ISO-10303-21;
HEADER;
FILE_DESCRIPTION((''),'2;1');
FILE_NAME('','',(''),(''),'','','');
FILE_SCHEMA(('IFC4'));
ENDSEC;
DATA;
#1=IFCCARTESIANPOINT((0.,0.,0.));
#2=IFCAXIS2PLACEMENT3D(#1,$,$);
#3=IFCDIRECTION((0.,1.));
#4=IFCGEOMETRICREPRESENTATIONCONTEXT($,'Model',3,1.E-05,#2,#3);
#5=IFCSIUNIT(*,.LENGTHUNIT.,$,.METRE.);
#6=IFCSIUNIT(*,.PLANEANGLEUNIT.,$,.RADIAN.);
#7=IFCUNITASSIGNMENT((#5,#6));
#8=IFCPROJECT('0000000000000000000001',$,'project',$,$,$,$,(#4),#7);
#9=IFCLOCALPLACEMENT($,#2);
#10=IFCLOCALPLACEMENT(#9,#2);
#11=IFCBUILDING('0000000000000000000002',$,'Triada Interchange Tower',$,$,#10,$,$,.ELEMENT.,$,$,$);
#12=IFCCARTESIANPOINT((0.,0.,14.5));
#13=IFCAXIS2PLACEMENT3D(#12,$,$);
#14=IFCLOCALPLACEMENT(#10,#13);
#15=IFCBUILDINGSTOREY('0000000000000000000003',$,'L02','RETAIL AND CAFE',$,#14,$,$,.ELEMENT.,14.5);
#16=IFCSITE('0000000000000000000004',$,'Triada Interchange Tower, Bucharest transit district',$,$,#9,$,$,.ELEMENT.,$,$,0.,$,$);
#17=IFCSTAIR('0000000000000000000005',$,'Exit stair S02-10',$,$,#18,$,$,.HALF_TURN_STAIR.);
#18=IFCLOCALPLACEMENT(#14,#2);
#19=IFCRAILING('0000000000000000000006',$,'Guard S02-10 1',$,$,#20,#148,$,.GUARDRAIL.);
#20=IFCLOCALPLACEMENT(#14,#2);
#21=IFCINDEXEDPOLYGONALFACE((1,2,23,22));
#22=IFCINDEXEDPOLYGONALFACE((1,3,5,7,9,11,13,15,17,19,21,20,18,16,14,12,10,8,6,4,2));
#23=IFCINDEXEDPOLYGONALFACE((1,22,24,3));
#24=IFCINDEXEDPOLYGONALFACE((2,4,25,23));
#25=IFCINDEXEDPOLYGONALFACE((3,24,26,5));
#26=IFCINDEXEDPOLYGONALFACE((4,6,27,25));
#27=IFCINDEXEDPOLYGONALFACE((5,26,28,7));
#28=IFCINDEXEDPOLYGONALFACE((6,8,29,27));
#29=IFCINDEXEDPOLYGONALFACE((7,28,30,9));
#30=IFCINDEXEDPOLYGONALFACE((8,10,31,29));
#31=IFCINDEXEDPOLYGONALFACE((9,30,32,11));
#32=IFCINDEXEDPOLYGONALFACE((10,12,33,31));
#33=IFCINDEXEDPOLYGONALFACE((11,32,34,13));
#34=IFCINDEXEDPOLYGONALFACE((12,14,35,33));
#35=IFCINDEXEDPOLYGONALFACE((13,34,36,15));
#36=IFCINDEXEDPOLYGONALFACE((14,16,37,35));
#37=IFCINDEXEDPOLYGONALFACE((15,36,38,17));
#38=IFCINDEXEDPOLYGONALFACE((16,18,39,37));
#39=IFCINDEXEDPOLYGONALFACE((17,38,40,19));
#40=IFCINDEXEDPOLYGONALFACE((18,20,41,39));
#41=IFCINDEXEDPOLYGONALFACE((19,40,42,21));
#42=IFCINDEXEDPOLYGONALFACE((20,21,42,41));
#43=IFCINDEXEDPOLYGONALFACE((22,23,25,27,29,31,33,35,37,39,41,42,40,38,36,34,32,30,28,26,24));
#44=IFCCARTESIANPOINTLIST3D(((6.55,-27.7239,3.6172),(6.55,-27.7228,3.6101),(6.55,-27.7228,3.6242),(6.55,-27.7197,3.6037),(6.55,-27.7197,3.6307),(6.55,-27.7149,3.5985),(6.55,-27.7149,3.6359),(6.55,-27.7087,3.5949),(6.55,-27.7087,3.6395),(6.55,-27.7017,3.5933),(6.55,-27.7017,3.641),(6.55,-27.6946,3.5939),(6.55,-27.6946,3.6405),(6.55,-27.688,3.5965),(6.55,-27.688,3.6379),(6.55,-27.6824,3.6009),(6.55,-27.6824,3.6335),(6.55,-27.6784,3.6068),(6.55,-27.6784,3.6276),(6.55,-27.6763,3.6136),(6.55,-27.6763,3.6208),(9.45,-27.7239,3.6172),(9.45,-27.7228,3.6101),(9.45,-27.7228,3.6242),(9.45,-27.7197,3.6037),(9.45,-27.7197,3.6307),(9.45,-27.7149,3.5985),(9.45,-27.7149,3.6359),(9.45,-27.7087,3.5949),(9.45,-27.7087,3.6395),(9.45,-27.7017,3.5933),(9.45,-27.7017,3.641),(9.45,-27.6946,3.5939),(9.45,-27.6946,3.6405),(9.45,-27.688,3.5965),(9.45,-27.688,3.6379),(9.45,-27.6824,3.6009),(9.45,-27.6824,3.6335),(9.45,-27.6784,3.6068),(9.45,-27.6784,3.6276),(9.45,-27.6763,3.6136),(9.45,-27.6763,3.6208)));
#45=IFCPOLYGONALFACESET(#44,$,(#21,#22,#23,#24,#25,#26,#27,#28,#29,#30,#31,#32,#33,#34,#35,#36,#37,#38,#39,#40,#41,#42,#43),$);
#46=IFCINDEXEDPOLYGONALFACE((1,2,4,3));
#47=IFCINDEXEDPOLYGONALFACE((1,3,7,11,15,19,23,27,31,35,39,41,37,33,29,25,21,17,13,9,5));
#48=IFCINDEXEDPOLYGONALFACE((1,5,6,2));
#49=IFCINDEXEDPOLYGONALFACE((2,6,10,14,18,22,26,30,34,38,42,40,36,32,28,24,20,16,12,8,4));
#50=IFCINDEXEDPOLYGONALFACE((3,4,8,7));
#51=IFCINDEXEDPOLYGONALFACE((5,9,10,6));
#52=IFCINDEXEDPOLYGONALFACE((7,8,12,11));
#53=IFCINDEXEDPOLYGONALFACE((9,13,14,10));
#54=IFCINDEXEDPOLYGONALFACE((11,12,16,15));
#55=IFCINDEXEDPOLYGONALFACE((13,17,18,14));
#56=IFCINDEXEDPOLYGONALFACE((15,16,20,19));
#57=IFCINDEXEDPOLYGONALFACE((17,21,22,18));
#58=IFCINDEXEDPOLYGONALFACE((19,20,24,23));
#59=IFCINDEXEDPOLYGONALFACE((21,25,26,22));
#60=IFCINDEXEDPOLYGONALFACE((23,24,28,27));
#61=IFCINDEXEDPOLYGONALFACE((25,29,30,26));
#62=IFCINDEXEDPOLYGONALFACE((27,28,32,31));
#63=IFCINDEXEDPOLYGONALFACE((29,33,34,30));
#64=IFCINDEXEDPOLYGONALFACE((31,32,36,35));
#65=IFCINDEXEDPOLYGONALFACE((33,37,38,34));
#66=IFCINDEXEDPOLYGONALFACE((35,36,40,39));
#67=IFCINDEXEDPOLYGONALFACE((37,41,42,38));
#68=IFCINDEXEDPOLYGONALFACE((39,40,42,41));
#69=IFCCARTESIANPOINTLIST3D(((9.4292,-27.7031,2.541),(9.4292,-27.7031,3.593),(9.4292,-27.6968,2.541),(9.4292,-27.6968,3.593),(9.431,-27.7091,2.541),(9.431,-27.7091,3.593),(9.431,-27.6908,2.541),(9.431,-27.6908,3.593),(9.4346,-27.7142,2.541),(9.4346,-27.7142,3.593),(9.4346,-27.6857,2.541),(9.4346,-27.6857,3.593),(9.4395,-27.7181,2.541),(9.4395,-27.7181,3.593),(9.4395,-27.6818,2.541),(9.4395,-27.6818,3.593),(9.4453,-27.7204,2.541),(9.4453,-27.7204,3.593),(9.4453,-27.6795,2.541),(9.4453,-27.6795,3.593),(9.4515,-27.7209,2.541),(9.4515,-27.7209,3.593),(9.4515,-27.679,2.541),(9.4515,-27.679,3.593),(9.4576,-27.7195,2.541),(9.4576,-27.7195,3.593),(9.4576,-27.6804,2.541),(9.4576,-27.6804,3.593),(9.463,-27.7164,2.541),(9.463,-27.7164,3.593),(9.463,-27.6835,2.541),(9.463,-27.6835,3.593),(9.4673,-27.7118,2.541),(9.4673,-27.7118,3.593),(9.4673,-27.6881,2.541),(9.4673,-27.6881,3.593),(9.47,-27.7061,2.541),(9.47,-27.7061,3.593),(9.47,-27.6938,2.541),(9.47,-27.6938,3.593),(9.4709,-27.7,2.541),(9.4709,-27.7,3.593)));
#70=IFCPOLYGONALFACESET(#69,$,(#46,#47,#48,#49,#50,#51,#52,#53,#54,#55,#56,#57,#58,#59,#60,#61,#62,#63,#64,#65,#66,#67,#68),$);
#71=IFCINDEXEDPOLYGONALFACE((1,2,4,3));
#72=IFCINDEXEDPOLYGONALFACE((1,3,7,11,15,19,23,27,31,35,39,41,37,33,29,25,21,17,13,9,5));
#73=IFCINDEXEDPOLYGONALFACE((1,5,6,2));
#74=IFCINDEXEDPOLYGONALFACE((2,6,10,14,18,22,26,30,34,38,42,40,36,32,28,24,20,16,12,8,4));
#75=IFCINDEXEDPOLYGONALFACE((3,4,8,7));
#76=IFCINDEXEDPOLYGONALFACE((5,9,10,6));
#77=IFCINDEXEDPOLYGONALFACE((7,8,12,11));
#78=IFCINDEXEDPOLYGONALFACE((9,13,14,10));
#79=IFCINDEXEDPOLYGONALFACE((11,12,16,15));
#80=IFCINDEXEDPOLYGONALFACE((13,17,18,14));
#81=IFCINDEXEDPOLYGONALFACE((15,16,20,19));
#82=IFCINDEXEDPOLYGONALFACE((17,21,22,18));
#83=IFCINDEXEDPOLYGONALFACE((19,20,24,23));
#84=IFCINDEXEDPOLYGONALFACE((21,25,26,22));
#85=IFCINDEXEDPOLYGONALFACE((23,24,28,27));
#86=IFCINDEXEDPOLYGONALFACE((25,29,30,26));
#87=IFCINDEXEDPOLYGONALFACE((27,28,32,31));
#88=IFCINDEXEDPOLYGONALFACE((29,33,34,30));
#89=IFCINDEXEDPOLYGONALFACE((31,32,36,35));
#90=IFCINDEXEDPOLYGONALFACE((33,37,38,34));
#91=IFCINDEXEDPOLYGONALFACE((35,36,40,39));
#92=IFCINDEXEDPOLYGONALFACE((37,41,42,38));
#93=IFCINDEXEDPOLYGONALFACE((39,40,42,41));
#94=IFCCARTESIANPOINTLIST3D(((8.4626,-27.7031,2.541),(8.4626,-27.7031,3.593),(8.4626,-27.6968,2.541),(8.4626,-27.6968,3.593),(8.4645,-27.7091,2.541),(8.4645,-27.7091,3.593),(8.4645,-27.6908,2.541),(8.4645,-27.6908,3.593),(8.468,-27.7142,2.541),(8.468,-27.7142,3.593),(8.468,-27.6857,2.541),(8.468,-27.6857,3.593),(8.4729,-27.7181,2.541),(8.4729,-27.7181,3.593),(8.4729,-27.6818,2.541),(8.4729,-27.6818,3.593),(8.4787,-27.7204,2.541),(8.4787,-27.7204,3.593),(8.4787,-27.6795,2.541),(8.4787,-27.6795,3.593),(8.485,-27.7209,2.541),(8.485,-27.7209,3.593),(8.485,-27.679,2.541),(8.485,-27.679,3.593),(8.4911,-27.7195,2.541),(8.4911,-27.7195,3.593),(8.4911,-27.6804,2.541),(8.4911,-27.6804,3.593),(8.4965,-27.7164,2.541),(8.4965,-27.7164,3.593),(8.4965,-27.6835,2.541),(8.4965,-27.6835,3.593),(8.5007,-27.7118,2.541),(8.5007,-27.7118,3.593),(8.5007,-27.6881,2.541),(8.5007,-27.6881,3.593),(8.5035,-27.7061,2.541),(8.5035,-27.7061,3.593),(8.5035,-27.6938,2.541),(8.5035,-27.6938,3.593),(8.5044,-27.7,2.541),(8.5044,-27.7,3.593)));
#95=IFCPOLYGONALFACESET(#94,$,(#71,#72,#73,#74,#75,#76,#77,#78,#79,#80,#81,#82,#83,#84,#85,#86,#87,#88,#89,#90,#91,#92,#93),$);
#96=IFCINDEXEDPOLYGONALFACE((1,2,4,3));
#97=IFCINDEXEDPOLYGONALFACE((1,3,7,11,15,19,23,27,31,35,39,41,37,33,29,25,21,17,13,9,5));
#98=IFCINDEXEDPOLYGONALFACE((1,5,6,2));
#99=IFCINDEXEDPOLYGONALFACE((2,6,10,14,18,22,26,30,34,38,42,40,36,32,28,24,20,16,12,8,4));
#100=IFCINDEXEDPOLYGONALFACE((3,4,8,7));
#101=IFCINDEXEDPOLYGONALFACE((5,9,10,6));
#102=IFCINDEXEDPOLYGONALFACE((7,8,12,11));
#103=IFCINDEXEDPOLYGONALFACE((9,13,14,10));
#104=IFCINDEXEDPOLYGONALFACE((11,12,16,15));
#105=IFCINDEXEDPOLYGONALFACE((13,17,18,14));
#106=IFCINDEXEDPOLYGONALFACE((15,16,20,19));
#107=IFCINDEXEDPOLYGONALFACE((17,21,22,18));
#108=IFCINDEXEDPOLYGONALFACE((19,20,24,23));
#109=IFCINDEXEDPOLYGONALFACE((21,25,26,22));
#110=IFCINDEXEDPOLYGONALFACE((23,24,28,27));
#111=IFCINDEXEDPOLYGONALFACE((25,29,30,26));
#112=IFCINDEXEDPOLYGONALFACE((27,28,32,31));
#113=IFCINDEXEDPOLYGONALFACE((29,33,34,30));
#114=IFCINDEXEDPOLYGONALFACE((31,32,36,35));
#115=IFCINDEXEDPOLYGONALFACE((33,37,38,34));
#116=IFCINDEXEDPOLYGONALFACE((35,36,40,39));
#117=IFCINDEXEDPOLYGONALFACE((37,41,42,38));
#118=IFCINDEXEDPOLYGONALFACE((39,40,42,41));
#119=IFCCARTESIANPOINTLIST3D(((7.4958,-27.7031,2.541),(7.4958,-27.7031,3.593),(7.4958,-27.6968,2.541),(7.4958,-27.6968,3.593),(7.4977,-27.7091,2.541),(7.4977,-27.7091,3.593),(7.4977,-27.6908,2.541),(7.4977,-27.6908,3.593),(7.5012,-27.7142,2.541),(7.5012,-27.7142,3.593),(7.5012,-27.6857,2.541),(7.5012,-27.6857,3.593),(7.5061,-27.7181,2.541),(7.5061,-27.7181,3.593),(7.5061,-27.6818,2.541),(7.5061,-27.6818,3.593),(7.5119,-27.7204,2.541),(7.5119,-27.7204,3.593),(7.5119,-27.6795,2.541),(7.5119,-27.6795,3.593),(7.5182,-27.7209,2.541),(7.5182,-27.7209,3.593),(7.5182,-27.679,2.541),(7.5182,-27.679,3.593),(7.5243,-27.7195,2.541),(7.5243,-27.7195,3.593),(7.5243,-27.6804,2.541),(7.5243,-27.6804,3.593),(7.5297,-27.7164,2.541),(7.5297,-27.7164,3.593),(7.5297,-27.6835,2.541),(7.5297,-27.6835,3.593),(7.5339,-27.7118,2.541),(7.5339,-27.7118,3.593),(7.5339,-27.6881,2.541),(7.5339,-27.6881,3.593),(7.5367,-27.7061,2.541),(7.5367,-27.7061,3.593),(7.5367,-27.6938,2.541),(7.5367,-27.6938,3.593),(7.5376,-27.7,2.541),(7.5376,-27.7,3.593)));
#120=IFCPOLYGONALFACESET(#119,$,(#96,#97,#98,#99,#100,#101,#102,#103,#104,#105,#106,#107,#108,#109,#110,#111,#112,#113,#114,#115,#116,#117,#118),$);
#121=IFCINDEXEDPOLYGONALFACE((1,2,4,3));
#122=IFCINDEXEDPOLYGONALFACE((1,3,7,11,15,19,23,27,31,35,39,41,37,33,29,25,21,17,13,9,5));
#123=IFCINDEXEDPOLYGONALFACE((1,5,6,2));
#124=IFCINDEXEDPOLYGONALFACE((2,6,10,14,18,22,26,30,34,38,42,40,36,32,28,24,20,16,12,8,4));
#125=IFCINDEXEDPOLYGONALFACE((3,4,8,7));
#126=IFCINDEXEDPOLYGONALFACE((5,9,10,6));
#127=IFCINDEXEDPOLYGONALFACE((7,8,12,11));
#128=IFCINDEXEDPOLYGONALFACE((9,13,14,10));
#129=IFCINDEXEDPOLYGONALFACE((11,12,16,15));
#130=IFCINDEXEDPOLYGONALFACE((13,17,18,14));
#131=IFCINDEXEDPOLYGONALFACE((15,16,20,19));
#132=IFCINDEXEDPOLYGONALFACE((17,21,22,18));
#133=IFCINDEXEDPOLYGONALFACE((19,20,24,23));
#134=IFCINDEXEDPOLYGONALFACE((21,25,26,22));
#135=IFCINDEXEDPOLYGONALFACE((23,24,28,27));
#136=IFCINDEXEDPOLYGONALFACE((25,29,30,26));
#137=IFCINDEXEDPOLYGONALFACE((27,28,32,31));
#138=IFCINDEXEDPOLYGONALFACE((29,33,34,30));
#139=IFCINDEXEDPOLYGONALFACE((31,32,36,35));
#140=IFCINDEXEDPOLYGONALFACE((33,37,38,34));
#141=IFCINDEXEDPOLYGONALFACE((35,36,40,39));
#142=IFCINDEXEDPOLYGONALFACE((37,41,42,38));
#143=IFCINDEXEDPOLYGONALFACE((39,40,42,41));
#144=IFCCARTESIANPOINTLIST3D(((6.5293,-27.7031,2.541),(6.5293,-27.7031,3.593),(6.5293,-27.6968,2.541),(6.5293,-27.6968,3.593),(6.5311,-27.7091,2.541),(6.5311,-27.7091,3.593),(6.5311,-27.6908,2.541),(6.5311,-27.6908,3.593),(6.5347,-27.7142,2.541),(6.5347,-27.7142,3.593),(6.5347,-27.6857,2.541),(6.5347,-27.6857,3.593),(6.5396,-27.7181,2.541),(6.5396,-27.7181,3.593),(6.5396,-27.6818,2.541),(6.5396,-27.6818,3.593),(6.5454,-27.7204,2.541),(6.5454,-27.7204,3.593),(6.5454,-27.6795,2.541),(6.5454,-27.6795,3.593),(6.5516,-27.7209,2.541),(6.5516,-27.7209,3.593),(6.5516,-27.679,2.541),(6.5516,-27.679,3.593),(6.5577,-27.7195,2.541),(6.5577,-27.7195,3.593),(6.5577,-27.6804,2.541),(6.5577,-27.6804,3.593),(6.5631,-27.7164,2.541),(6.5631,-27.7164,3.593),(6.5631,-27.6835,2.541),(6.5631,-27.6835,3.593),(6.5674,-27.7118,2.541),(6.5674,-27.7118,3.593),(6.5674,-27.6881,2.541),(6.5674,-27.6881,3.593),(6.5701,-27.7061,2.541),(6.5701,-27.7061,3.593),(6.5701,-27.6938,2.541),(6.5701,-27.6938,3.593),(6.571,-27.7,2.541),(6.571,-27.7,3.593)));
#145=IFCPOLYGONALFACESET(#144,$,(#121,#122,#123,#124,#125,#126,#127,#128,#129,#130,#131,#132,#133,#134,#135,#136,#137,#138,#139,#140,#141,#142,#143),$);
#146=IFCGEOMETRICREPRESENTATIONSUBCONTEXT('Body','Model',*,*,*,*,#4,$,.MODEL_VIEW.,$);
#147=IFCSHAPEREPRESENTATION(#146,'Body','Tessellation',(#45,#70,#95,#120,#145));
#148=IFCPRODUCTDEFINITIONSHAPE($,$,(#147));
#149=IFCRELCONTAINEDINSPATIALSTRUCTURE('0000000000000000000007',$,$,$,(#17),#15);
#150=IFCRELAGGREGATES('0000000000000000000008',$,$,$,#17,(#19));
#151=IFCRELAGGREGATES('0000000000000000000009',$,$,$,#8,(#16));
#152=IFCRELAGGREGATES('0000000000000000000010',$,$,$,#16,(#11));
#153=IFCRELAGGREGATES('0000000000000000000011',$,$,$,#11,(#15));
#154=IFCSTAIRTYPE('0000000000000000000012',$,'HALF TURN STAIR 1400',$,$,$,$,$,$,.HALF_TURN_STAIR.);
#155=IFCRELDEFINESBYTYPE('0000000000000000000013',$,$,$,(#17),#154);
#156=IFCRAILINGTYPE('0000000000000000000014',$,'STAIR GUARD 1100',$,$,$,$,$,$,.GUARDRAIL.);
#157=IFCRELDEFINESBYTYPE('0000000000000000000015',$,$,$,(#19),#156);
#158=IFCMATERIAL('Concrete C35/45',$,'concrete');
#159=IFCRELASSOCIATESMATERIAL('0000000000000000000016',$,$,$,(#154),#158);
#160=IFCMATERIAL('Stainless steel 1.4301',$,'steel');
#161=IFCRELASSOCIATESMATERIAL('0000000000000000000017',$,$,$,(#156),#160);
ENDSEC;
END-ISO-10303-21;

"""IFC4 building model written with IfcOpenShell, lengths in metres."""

from ifc_helpers import new_model, si_unit, direction, frame, origin, origin_2d, place, context, subcontext, project, spatial, circle, extrude, material, type_object, element, aggregate, save


model = new_model("IFC4")

# Units and contexts
model_context = context("Model", 3, precision=1e-05, world=origin(), true_north=direction((0.0, 1.0)))
body_context = subcontext(model_context, "Body", "Model", "MODEL_VIEW")
ifc_project = project(units=[si_unit("LENGTHUNIT", "METRE"), si_unit("PLANEANGLEUNIT", "RADIAN")], contexts=[model_context])

# Site, building, storey
site_placement = place(None, origin())
site = spatial("IfcSite", under=ifc_project, at=site_placement, Name="Triada Interchange Tower, Bucharest transit district", CompositionType="ELEMENT", RefElevation=0.0)
building_placement = place(site_placement, origin())
building = spatial("IfcBuilding", under=site, at=building_placement, Name="Triada Interchange Tower", CompositionType="ELEMENT")
storey_placement = place(building_placement, frame((0.0, 0.0, 14.5)))
storey = spatial("IfcBuildingStorey", under=building, at=storey_placement, Name="L02", Description="RETAIL AND CAFE", CompositionType="ELEMENT", Elevation=14.5)

# Shared definitions
ifc_material_1 = material(Name="Concrete C35/45", Category="concrete")

# Stair, railing
stair_type = type_object("IfcStairType", Name="HALF TURN STAIR 1400", PredefinedType="HALF_TURN_STAIR", material=ifc_material_1)
stair_placement = place(storey_placement, origin())
stair = element("IfcStair", 1, at=stair_placement, inside=storey, type_object=stair_type, Name="Exit stair S02-10", PredefinedType="HALF_TURN_STAIR")
ifc_material_2 = material(Name="Stainless steel 1.4301", Category="steel")
railing_type_1 = type_object("IfcRailingType", Name="STAIR GUARD 1100", PredefinedType="GUARDRAIL", material=ifc_material_2)
railing_1_placement = place(storey_placement, frame((9.45, -27.7, 2.541)))
railing_1 = element("IfcRailing", 2, at=railing_1_placement, type_object=railing_type_1, Name="Guard S02-10 1", PredefinedType="GUARDRAIL", context=body_context, shape_type="SweptSolid", body=[
    extrude(circle(Radius=0.0239, at=origin_2d()), frame((0.0, 0.0, 1.0762), z_axis=(-1.0, 0.0, 0.0), x_axis=(0.0, -1.0, 0.0)), (0.0, 0.0, 1.0), 2.8999),
    extrude(circle(Radius=0.021, at=origin_2d()), origin(), (0.0, 0.0, 1.0), 1.052),
    extrude(circle(Radius=0.021, at=origin_2d()), frame((-0.9666, 0.0, 0.0)), (0.0, 0.0, 1.0), 1.052),
    extrude(circle(Radius=0.021, at=origin_2d()), frame((-1.9333, 0.0, 0.0)), (0.0, 0.0, 1.0), 1.052),
    extrude(circle(Radius=0.021, at=origin_2d()), frame((-2.8999, 0.0, 0.0)), (0.0, 0.0, 1.0), 1.052),
])
aggregate(stair, [railing_1])

save(model, "model.ifc")
